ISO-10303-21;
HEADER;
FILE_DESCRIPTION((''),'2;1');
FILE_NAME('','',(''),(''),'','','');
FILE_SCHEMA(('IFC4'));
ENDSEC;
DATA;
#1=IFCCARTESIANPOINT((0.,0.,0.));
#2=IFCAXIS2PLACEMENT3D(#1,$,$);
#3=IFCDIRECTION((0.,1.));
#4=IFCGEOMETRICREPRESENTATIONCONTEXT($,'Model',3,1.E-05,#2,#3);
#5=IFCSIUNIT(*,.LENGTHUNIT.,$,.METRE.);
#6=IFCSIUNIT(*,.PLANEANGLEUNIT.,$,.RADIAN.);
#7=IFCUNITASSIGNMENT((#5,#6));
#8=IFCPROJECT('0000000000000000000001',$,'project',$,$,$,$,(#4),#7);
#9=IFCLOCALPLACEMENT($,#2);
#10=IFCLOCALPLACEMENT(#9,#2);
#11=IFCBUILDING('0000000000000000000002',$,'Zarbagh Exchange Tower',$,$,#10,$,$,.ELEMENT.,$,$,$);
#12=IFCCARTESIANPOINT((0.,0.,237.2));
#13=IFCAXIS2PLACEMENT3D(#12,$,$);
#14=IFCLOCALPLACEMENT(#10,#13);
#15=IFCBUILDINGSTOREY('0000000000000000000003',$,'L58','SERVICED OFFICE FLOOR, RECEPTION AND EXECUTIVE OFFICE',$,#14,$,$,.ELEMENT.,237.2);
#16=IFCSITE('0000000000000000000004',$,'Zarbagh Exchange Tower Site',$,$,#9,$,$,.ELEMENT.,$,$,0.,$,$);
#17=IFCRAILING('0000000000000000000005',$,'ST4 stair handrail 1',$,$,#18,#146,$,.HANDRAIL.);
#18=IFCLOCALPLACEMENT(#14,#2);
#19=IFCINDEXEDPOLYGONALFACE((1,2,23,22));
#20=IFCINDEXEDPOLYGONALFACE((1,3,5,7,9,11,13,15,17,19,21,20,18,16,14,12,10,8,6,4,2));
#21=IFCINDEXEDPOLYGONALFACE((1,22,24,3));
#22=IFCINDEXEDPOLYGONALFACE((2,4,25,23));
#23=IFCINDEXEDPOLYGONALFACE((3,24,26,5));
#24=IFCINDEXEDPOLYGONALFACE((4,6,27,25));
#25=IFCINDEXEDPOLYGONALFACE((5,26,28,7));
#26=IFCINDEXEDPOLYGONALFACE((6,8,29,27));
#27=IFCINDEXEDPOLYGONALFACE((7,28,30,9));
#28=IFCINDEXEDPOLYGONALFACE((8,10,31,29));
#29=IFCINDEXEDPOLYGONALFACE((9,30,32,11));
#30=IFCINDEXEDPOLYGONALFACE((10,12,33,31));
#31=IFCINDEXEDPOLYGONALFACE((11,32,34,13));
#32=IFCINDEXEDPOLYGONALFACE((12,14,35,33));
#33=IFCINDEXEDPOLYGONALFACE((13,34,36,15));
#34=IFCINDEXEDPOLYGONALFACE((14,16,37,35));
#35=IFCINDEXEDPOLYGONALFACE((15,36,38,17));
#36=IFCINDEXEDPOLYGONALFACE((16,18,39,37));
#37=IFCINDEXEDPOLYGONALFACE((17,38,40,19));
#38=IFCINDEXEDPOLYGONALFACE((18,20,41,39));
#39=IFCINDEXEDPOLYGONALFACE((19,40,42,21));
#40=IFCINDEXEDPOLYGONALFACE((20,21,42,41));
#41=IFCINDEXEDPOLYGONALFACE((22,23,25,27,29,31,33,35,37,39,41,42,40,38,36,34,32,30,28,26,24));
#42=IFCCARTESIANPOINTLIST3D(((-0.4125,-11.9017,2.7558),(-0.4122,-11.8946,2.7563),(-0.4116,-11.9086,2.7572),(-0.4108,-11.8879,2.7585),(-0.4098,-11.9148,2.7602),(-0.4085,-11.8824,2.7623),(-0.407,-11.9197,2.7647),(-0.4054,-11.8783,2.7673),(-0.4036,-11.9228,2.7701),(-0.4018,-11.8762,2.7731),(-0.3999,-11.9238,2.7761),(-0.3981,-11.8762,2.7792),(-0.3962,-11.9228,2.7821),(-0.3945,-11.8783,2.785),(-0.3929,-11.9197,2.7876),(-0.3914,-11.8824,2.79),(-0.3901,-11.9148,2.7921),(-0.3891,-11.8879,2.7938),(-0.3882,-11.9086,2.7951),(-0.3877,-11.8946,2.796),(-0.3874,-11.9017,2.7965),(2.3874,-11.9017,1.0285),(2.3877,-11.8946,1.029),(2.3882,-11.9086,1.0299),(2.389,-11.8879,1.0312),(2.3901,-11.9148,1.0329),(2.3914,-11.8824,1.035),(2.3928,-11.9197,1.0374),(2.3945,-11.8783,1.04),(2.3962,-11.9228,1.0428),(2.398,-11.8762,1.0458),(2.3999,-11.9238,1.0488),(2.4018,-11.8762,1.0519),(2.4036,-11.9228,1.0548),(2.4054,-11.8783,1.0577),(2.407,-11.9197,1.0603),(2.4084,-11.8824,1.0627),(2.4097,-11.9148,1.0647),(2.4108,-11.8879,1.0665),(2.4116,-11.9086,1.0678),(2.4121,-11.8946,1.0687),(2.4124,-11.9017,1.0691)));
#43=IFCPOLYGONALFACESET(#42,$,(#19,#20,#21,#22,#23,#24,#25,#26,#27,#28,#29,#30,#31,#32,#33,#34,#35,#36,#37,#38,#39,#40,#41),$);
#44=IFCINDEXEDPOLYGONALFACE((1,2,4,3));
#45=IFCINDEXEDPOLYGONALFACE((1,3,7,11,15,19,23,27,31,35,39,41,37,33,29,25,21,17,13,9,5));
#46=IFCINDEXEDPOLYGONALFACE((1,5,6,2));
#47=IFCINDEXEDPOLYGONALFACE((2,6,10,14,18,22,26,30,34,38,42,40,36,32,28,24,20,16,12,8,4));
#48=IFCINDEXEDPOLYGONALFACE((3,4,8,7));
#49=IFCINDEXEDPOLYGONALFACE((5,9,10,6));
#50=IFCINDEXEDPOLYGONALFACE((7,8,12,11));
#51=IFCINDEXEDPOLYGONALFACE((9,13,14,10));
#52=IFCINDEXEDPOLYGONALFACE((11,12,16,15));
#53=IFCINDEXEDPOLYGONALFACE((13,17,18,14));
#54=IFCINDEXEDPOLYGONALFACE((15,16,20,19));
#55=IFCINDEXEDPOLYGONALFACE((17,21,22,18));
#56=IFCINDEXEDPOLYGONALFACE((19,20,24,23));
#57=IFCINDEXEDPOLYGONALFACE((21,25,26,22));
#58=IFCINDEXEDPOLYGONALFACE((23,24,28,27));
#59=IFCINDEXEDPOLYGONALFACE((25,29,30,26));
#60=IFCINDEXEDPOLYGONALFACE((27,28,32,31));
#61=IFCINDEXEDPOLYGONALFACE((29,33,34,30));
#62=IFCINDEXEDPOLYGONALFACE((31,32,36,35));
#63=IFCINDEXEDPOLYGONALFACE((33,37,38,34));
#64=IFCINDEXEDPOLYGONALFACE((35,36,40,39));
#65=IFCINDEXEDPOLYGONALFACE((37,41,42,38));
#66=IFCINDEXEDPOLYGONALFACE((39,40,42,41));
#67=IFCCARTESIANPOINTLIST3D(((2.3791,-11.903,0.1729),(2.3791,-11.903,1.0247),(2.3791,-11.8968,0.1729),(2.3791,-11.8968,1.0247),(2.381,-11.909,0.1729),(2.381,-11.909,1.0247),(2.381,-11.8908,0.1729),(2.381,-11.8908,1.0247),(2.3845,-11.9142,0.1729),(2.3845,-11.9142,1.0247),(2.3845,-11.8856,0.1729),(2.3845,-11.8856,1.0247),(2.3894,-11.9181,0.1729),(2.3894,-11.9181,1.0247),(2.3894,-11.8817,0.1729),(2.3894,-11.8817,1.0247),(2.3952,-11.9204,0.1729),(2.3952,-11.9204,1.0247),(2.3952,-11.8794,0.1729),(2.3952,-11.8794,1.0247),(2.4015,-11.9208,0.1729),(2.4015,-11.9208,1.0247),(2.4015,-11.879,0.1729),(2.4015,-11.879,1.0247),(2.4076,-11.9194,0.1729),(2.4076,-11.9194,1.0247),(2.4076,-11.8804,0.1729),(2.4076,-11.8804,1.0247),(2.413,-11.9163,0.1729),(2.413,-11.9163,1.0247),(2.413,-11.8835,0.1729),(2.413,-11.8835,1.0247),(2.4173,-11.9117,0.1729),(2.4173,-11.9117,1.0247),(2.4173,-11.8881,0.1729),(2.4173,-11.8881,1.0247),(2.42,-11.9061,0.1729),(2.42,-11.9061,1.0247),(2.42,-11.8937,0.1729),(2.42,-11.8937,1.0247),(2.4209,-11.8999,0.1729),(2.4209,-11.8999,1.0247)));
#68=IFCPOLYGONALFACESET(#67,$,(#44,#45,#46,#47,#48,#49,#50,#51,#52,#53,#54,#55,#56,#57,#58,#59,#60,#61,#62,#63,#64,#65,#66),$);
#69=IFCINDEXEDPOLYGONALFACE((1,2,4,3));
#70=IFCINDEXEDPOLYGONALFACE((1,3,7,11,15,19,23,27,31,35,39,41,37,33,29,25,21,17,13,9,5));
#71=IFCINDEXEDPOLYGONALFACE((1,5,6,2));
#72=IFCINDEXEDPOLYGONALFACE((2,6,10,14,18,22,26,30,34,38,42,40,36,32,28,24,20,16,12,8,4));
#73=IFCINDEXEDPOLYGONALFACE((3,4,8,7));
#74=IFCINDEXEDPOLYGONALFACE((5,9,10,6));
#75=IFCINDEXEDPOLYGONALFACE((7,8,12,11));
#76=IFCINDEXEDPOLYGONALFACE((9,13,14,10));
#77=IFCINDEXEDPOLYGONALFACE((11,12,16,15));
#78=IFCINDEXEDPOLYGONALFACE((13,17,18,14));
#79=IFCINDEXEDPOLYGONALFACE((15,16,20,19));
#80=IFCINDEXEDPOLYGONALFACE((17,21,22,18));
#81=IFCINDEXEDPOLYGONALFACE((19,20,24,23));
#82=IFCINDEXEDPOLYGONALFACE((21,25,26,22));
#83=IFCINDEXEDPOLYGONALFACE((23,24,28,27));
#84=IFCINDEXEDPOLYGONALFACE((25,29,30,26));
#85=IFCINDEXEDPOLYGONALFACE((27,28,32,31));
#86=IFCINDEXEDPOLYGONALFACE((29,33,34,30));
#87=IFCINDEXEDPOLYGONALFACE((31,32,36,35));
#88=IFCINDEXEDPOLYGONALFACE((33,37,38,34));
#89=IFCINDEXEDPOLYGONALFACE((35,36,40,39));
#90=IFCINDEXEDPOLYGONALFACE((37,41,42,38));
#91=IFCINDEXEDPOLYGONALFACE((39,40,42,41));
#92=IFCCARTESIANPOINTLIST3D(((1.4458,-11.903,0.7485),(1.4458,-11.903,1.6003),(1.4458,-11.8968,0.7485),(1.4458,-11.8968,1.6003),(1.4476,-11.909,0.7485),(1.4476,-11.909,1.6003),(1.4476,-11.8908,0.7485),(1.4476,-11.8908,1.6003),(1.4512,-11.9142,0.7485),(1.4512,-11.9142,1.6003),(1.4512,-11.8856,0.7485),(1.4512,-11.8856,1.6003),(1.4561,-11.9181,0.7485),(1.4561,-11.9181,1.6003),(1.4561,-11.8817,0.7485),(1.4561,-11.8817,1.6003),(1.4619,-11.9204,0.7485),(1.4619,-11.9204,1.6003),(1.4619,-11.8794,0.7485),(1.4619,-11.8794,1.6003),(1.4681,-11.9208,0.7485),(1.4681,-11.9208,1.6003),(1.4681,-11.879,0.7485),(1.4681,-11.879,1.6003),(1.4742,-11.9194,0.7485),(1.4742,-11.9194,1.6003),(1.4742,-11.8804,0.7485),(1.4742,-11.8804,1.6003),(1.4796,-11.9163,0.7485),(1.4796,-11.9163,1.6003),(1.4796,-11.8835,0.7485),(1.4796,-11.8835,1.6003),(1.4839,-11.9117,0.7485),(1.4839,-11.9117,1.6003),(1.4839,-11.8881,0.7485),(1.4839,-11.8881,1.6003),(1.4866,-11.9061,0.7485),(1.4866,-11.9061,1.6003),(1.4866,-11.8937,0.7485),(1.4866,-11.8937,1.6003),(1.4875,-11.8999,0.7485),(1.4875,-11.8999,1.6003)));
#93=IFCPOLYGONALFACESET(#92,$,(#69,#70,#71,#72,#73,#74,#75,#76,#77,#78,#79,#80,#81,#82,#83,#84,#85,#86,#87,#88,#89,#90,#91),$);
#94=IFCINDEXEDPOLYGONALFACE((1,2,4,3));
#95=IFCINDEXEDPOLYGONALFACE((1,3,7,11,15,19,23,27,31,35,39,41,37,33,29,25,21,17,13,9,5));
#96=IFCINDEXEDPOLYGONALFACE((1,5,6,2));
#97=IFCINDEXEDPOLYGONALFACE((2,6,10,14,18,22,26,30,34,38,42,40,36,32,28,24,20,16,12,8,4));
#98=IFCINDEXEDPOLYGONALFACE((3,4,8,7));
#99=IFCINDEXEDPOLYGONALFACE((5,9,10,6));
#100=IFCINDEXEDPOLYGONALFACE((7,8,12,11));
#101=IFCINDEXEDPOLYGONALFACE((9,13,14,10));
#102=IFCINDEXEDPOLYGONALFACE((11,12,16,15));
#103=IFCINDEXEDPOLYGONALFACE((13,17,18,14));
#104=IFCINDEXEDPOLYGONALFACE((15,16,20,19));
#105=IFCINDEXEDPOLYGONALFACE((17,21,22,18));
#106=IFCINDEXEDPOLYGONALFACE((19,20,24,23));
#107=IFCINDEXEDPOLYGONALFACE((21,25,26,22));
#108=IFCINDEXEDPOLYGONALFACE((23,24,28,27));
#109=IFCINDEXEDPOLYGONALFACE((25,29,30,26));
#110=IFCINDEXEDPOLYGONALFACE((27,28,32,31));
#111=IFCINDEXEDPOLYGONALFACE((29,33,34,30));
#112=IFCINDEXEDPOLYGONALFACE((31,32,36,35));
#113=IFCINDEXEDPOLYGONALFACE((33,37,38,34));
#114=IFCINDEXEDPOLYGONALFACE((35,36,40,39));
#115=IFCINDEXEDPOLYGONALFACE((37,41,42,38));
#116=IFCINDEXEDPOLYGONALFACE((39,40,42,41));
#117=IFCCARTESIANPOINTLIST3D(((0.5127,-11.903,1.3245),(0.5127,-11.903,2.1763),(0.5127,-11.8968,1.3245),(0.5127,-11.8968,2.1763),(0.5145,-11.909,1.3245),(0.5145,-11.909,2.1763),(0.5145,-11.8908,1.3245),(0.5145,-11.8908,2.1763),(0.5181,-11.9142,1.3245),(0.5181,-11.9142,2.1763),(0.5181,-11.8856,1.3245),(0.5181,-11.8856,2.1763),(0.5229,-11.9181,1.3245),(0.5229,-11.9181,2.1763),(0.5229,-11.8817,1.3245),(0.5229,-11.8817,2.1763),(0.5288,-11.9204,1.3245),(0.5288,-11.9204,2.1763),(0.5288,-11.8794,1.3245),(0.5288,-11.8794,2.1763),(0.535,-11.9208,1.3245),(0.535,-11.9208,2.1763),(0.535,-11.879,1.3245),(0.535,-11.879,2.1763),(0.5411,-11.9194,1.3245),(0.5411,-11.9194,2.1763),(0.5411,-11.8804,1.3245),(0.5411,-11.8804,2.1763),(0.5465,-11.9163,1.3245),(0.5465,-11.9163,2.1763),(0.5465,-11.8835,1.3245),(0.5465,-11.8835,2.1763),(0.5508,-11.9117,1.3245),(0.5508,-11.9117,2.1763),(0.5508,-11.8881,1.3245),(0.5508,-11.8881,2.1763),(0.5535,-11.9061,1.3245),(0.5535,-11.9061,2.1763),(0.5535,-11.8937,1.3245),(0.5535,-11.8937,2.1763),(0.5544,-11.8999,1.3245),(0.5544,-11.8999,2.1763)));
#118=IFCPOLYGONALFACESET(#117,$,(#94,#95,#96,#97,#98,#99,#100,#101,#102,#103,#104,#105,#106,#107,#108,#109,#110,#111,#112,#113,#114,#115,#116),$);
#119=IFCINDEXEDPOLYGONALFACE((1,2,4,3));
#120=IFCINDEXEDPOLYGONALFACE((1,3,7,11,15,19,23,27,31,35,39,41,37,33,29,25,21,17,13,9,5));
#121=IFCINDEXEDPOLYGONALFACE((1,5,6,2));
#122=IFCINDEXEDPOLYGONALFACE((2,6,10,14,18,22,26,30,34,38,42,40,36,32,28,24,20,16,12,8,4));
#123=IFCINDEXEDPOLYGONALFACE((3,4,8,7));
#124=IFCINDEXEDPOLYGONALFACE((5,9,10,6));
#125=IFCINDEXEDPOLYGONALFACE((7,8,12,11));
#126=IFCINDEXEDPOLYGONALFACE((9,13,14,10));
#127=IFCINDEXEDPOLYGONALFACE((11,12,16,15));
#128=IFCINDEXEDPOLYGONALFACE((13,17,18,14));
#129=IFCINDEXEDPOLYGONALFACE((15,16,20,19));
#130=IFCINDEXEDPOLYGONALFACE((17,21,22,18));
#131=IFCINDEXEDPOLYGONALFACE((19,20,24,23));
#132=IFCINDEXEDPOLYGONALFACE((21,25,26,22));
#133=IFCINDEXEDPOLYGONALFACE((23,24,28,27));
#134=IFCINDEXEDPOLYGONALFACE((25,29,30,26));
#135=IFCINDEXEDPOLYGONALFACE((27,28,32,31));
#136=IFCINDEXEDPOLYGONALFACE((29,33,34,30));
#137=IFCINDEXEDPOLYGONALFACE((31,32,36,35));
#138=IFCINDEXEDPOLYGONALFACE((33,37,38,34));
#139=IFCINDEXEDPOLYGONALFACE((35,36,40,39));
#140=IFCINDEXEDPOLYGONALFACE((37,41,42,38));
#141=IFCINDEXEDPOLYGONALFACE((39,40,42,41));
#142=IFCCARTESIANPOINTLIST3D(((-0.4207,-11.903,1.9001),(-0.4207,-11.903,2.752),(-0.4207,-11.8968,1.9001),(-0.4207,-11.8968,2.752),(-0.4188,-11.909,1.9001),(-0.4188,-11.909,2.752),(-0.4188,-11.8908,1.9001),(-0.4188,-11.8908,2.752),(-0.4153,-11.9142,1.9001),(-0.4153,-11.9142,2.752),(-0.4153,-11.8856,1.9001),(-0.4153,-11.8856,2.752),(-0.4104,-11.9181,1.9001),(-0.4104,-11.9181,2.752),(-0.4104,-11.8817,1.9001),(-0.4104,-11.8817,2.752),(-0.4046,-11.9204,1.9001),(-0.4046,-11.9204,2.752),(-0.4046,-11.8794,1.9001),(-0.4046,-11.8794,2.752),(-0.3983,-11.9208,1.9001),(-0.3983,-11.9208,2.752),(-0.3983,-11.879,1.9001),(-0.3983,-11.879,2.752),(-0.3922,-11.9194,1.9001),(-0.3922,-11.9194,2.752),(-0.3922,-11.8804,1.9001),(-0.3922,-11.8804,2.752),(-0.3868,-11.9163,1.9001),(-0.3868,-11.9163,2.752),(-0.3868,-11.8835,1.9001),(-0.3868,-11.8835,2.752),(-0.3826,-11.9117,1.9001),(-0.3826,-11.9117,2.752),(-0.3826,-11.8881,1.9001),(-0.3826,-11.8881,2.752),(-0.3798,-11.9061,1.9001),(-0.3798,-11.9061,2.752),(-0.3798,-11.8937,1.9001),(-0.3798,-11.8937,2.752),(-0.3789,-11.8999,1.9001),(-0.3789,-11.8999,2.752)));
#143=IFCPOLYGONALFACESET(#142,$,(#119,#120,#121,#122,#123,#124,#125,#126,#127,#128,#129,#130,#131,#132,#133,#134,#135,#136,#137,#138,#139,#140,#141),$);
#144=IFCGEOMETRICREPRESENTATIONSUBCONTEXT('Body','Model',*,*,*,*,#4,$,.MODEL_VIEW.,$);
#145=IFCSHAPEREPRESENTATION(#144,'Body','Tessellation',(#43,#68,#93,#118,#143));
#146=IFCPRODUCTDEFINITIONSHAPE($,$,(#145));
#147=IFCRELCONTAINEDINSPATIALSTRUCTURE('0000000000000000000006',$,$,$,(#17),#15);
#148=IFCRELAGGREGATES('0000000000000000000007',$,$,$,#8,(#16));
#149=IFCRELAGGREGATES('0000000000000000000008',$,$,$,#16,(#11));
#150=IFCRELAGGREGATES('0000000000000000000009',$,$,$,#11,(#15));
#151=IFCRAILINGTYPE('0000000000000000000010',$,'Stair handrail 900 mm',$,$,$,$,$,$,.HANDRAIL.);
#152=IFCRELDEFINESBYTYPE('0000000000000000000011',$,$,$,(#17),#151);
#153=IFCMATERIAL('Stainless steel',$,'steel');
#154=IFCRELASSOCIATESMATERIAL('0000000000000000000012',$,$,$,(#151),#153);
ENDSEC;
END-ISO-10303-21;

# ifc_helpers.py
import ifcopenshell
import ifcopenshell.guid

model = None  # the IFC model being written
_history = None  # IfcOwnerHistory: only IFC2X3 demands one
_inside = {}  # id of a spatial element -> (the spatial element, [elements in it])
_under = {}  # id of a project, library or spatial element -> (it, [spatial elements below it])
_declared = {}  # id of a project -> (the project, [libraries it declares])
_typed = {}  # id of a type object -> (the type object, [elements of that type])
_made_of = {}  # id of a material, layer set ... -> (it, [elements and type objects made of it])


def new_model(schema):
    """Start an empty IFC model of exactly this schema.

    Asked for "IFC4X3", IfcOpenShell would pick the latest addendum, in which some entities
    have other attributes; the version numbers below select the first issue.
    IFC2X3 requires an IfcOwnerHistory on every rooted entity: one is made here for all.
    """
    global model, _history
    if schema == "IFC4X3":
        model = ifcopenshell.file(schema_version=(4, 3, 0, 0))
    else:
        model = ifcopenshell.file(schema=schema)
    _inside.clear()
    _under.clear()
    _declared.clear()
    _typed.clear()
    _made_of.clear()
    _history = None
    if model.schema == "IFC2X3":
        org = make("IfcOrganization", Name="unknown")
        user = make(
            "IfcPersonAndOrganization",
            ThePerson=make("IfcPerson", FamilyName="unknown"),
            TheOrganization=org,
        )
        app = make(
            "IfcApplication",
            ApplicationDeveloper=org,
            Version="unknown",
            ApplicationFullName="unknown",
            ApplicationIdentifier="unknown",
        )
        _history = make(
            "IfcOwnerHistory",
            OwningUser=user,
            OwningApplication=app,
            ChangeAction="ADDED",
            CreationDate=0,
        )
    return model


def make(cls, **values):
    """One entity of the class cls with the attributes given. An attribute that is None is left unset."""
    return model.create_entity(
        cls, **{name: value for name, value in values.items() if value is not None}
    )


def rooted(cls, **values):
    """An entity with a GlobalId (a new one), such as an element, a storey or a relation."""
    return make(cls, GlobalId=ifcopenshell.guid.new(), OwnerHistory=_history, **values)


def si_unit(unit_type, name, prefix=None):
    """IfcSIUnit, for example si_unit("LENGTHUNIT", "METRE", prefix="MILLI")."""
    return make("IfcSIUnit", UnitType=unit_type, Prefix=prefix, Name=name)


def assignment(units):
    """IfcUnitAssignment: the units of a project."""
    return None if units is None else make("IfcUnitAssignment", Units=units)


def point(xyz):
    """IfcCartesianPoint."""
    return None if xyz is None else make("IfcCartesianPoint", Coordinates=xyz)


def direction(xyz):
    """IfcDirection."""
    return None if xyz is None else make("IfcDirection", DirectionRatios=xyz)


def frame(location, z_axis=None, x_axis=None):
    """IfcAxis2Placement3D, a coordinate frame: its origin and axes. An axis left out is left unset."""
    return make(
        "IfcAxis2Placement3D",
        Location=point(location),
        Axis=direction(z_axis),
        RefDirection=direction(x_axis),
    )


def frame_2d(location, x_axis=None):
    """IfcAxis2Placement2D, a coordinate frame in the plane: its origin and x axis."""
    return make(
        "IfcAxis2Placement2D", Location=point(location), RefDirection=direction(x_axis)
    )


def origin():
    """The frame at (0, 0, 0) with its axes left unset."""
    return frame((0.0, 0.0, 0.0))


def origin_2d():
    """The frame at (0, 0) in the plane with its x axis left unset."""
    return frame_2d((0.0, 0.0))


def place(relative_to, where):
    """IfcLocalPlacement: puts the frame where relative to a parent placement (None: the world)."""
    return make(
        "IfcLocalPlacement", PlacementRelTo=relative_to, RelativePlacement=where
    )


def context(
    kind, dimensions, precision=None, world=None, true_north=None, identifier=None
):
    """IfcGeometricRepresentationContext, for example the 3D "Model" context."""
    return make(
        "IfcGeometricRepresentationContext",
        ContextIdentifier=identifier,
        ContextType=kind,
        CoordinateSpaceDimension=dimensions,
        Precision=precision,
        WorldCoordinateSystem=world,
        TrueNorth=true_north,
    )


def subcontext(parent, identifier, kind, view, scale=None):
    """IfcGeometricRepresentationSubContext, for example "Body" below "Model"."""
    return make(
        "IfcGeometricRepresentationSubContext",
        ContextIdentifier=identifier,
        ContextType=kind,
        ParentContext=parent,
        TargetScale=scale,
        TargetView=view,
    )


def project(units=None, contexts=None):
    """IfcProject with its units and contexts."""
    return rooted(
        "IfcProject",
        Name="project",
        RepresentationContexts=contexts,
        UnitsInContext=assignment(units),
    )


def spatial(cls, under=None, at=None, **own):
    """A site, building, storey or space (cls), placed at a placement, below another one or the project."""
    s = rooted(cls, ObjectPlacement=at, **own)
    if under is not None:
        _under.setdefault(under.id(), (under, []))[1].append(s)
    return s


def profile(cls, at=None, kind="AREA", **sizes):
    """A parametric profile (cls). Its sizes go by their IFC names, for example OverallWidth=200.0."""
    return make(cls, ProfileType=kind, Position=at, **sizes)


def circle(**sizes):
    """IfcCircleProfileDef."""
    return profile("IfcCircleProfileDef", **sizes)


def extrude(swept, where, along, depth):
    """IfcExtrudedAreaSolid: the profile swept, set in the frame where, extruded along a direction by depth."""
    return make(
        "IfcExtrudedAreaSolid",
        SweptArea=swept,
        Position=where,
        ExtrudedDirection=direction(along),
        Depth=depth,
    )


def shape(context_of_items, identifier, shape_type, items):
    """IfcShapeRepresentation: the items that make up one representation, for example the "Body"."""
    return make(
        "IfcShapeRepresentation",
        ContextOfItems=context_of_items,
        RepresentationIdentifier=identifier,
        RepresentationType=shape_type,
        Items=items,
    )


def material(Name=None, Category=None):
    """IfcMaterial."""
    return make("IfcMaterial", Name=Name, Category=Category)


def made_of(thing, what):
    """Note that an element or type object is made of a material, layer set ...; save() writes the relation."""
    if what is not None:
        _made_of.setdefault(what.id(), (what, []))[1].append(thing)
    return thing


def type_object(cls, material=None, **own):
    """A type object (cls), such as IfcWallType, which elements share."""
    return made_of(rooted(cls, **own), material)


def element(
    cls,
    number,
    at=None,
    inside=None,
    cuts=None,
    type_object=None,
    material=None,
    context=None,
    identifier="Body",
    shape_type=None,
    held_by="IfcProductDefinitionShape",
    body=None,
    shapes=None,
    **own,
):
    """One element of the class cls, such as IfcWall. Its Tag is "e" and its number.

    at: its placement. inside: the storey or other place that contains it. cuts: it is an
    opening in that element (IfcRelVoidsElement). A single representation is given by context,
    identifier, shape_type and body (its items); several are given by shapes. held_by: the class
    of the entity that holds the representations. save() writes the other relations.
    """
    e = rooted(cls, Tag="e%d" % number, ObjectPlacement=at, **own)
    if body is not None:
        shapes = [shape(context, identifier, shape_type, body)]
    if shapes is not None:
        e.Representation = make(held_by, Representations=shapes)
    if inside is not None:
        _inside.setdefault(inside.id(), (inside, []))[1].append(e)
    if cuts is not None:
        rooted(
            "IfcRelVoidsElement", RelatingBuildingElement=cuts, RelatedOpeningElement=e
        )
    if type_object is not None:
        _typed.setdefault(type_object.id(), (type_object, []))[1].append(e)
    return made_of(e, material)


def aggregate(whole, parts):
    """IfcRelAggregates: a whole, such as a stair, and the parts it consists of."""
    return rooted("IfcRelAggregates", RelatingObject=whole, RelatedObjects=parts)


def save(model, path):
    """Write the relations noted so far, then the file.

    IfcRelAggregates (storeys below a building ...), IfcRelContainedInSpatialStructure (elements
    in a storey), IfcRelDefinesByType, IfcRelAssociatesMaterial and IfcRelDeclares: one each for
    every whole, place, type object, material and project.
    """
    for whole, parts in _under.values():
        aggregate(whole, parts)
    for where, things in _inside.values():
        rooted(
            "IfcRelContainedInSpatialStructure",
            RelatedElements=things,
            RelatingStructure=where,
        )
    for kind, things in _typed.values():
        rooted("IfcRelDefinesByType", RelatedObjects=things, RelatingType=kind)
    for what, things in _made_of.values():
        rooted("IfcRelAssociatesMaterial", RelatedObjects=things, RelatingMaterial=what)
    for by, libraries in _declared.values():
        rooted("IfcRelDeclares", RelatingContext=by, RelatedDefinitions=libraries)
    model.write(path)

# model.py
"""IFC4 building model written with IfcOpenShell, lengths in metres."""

from ifc_helpers import new_model, si_unit, direction, frame, origin, origin_2d, place, context, subcontext, project, spatial, circle, extrude, material, type_object, element, save


model = new_model("IFC4")

# Units and contexts
model_context = context("Model", 3, precision=1e-05, world=origin(), true_north=direction((0.0, 1.0)))
body_context = subcontext(model_context, "Body", "Model", "MODEL_VIEW")
ifc_project = project(units=[si_unit("LENGTHUNIT", "METRE"), si_unit("PLANEANGLEUNIT", "RADIAN")], contexts=[model_context])

# Site, building, storey
site_placement = place(None, origin())
site = spatial("IfcSite", under=ifc_project, at=site_placement, Name="Zarbagh Exchange Tower Site", CompositionType="ELEMENT", RefElevation=0.0)
building_placement = place(site_placement, origin())
building = spatial("IfcBuilding", under=site, at=building_placement, Name="Zarbagh Exchange Tower", CompositionType="ELEMENT")
storey_placement = place(building_placement, frame((0.0, 0.0, 237.2)))
storey = spatial("IfcBuildingStorey", under=building, at=storey_placement, Name="L58", Description="SERVICED OFFICE FLOOR, RECEPTION AND EXECUTIVE OFFICE", CompositionType="ELEMENT", Elevation=237.2)

# Shared definitions
ifc_material_1 = material(Name="Stainless steel", Category="steel")

# Railing
railing_type_1 = type_object("IfcRailingType", Name="Stair handrail 900 mm", PredefinedType="HANDRAIL", material=ifc_material_1)
railing_1_placement = place(storey_placement, frame((2.3999, -11.8999, 0.1729)))
element("IfcRailing", 1, at=railing_1_placement, inside=storey, type_object=railing_type_1, Name="ST4 stair handrail 1", PredefinedType="HANDRAIL", context=body_context, shape_type="SweptSolid", body=[
    extrude(circle(Radius=0.0239, at=origin_2d()), frame((0.0, 0.0, 0.876), z_axis=(-0.851069, 0.0, 0.525054), x_axis=(0.0, -1.0, 0.0)), (0.0, 0.0, 1.0), 3.2898),
    extrude(circle(Radius=0.021, at=origin_2d()), origin(), (0.0, 0.0, 1.0), 0.8518),
    extrude(circle(Radius=0.021, at=origin_2d()), frame((-0.9333, 0.0, 0.5757)), (0.0, 0.0, 1.0), 0.8518),
    extrude(circle(Radius=0.021, at=origin_2d()), frame((-1.8665, 0.0, 1.1516)), (0.0, 0.0, 1.0), 0.8518),
    extrude(circle(Radius=0.021, at=origin_2d()), frame((-2.7998, 0.0, 1.7273)), (0.0, 0.0, 1.0), 0.8518),
])

save(model, "model.ifc")
